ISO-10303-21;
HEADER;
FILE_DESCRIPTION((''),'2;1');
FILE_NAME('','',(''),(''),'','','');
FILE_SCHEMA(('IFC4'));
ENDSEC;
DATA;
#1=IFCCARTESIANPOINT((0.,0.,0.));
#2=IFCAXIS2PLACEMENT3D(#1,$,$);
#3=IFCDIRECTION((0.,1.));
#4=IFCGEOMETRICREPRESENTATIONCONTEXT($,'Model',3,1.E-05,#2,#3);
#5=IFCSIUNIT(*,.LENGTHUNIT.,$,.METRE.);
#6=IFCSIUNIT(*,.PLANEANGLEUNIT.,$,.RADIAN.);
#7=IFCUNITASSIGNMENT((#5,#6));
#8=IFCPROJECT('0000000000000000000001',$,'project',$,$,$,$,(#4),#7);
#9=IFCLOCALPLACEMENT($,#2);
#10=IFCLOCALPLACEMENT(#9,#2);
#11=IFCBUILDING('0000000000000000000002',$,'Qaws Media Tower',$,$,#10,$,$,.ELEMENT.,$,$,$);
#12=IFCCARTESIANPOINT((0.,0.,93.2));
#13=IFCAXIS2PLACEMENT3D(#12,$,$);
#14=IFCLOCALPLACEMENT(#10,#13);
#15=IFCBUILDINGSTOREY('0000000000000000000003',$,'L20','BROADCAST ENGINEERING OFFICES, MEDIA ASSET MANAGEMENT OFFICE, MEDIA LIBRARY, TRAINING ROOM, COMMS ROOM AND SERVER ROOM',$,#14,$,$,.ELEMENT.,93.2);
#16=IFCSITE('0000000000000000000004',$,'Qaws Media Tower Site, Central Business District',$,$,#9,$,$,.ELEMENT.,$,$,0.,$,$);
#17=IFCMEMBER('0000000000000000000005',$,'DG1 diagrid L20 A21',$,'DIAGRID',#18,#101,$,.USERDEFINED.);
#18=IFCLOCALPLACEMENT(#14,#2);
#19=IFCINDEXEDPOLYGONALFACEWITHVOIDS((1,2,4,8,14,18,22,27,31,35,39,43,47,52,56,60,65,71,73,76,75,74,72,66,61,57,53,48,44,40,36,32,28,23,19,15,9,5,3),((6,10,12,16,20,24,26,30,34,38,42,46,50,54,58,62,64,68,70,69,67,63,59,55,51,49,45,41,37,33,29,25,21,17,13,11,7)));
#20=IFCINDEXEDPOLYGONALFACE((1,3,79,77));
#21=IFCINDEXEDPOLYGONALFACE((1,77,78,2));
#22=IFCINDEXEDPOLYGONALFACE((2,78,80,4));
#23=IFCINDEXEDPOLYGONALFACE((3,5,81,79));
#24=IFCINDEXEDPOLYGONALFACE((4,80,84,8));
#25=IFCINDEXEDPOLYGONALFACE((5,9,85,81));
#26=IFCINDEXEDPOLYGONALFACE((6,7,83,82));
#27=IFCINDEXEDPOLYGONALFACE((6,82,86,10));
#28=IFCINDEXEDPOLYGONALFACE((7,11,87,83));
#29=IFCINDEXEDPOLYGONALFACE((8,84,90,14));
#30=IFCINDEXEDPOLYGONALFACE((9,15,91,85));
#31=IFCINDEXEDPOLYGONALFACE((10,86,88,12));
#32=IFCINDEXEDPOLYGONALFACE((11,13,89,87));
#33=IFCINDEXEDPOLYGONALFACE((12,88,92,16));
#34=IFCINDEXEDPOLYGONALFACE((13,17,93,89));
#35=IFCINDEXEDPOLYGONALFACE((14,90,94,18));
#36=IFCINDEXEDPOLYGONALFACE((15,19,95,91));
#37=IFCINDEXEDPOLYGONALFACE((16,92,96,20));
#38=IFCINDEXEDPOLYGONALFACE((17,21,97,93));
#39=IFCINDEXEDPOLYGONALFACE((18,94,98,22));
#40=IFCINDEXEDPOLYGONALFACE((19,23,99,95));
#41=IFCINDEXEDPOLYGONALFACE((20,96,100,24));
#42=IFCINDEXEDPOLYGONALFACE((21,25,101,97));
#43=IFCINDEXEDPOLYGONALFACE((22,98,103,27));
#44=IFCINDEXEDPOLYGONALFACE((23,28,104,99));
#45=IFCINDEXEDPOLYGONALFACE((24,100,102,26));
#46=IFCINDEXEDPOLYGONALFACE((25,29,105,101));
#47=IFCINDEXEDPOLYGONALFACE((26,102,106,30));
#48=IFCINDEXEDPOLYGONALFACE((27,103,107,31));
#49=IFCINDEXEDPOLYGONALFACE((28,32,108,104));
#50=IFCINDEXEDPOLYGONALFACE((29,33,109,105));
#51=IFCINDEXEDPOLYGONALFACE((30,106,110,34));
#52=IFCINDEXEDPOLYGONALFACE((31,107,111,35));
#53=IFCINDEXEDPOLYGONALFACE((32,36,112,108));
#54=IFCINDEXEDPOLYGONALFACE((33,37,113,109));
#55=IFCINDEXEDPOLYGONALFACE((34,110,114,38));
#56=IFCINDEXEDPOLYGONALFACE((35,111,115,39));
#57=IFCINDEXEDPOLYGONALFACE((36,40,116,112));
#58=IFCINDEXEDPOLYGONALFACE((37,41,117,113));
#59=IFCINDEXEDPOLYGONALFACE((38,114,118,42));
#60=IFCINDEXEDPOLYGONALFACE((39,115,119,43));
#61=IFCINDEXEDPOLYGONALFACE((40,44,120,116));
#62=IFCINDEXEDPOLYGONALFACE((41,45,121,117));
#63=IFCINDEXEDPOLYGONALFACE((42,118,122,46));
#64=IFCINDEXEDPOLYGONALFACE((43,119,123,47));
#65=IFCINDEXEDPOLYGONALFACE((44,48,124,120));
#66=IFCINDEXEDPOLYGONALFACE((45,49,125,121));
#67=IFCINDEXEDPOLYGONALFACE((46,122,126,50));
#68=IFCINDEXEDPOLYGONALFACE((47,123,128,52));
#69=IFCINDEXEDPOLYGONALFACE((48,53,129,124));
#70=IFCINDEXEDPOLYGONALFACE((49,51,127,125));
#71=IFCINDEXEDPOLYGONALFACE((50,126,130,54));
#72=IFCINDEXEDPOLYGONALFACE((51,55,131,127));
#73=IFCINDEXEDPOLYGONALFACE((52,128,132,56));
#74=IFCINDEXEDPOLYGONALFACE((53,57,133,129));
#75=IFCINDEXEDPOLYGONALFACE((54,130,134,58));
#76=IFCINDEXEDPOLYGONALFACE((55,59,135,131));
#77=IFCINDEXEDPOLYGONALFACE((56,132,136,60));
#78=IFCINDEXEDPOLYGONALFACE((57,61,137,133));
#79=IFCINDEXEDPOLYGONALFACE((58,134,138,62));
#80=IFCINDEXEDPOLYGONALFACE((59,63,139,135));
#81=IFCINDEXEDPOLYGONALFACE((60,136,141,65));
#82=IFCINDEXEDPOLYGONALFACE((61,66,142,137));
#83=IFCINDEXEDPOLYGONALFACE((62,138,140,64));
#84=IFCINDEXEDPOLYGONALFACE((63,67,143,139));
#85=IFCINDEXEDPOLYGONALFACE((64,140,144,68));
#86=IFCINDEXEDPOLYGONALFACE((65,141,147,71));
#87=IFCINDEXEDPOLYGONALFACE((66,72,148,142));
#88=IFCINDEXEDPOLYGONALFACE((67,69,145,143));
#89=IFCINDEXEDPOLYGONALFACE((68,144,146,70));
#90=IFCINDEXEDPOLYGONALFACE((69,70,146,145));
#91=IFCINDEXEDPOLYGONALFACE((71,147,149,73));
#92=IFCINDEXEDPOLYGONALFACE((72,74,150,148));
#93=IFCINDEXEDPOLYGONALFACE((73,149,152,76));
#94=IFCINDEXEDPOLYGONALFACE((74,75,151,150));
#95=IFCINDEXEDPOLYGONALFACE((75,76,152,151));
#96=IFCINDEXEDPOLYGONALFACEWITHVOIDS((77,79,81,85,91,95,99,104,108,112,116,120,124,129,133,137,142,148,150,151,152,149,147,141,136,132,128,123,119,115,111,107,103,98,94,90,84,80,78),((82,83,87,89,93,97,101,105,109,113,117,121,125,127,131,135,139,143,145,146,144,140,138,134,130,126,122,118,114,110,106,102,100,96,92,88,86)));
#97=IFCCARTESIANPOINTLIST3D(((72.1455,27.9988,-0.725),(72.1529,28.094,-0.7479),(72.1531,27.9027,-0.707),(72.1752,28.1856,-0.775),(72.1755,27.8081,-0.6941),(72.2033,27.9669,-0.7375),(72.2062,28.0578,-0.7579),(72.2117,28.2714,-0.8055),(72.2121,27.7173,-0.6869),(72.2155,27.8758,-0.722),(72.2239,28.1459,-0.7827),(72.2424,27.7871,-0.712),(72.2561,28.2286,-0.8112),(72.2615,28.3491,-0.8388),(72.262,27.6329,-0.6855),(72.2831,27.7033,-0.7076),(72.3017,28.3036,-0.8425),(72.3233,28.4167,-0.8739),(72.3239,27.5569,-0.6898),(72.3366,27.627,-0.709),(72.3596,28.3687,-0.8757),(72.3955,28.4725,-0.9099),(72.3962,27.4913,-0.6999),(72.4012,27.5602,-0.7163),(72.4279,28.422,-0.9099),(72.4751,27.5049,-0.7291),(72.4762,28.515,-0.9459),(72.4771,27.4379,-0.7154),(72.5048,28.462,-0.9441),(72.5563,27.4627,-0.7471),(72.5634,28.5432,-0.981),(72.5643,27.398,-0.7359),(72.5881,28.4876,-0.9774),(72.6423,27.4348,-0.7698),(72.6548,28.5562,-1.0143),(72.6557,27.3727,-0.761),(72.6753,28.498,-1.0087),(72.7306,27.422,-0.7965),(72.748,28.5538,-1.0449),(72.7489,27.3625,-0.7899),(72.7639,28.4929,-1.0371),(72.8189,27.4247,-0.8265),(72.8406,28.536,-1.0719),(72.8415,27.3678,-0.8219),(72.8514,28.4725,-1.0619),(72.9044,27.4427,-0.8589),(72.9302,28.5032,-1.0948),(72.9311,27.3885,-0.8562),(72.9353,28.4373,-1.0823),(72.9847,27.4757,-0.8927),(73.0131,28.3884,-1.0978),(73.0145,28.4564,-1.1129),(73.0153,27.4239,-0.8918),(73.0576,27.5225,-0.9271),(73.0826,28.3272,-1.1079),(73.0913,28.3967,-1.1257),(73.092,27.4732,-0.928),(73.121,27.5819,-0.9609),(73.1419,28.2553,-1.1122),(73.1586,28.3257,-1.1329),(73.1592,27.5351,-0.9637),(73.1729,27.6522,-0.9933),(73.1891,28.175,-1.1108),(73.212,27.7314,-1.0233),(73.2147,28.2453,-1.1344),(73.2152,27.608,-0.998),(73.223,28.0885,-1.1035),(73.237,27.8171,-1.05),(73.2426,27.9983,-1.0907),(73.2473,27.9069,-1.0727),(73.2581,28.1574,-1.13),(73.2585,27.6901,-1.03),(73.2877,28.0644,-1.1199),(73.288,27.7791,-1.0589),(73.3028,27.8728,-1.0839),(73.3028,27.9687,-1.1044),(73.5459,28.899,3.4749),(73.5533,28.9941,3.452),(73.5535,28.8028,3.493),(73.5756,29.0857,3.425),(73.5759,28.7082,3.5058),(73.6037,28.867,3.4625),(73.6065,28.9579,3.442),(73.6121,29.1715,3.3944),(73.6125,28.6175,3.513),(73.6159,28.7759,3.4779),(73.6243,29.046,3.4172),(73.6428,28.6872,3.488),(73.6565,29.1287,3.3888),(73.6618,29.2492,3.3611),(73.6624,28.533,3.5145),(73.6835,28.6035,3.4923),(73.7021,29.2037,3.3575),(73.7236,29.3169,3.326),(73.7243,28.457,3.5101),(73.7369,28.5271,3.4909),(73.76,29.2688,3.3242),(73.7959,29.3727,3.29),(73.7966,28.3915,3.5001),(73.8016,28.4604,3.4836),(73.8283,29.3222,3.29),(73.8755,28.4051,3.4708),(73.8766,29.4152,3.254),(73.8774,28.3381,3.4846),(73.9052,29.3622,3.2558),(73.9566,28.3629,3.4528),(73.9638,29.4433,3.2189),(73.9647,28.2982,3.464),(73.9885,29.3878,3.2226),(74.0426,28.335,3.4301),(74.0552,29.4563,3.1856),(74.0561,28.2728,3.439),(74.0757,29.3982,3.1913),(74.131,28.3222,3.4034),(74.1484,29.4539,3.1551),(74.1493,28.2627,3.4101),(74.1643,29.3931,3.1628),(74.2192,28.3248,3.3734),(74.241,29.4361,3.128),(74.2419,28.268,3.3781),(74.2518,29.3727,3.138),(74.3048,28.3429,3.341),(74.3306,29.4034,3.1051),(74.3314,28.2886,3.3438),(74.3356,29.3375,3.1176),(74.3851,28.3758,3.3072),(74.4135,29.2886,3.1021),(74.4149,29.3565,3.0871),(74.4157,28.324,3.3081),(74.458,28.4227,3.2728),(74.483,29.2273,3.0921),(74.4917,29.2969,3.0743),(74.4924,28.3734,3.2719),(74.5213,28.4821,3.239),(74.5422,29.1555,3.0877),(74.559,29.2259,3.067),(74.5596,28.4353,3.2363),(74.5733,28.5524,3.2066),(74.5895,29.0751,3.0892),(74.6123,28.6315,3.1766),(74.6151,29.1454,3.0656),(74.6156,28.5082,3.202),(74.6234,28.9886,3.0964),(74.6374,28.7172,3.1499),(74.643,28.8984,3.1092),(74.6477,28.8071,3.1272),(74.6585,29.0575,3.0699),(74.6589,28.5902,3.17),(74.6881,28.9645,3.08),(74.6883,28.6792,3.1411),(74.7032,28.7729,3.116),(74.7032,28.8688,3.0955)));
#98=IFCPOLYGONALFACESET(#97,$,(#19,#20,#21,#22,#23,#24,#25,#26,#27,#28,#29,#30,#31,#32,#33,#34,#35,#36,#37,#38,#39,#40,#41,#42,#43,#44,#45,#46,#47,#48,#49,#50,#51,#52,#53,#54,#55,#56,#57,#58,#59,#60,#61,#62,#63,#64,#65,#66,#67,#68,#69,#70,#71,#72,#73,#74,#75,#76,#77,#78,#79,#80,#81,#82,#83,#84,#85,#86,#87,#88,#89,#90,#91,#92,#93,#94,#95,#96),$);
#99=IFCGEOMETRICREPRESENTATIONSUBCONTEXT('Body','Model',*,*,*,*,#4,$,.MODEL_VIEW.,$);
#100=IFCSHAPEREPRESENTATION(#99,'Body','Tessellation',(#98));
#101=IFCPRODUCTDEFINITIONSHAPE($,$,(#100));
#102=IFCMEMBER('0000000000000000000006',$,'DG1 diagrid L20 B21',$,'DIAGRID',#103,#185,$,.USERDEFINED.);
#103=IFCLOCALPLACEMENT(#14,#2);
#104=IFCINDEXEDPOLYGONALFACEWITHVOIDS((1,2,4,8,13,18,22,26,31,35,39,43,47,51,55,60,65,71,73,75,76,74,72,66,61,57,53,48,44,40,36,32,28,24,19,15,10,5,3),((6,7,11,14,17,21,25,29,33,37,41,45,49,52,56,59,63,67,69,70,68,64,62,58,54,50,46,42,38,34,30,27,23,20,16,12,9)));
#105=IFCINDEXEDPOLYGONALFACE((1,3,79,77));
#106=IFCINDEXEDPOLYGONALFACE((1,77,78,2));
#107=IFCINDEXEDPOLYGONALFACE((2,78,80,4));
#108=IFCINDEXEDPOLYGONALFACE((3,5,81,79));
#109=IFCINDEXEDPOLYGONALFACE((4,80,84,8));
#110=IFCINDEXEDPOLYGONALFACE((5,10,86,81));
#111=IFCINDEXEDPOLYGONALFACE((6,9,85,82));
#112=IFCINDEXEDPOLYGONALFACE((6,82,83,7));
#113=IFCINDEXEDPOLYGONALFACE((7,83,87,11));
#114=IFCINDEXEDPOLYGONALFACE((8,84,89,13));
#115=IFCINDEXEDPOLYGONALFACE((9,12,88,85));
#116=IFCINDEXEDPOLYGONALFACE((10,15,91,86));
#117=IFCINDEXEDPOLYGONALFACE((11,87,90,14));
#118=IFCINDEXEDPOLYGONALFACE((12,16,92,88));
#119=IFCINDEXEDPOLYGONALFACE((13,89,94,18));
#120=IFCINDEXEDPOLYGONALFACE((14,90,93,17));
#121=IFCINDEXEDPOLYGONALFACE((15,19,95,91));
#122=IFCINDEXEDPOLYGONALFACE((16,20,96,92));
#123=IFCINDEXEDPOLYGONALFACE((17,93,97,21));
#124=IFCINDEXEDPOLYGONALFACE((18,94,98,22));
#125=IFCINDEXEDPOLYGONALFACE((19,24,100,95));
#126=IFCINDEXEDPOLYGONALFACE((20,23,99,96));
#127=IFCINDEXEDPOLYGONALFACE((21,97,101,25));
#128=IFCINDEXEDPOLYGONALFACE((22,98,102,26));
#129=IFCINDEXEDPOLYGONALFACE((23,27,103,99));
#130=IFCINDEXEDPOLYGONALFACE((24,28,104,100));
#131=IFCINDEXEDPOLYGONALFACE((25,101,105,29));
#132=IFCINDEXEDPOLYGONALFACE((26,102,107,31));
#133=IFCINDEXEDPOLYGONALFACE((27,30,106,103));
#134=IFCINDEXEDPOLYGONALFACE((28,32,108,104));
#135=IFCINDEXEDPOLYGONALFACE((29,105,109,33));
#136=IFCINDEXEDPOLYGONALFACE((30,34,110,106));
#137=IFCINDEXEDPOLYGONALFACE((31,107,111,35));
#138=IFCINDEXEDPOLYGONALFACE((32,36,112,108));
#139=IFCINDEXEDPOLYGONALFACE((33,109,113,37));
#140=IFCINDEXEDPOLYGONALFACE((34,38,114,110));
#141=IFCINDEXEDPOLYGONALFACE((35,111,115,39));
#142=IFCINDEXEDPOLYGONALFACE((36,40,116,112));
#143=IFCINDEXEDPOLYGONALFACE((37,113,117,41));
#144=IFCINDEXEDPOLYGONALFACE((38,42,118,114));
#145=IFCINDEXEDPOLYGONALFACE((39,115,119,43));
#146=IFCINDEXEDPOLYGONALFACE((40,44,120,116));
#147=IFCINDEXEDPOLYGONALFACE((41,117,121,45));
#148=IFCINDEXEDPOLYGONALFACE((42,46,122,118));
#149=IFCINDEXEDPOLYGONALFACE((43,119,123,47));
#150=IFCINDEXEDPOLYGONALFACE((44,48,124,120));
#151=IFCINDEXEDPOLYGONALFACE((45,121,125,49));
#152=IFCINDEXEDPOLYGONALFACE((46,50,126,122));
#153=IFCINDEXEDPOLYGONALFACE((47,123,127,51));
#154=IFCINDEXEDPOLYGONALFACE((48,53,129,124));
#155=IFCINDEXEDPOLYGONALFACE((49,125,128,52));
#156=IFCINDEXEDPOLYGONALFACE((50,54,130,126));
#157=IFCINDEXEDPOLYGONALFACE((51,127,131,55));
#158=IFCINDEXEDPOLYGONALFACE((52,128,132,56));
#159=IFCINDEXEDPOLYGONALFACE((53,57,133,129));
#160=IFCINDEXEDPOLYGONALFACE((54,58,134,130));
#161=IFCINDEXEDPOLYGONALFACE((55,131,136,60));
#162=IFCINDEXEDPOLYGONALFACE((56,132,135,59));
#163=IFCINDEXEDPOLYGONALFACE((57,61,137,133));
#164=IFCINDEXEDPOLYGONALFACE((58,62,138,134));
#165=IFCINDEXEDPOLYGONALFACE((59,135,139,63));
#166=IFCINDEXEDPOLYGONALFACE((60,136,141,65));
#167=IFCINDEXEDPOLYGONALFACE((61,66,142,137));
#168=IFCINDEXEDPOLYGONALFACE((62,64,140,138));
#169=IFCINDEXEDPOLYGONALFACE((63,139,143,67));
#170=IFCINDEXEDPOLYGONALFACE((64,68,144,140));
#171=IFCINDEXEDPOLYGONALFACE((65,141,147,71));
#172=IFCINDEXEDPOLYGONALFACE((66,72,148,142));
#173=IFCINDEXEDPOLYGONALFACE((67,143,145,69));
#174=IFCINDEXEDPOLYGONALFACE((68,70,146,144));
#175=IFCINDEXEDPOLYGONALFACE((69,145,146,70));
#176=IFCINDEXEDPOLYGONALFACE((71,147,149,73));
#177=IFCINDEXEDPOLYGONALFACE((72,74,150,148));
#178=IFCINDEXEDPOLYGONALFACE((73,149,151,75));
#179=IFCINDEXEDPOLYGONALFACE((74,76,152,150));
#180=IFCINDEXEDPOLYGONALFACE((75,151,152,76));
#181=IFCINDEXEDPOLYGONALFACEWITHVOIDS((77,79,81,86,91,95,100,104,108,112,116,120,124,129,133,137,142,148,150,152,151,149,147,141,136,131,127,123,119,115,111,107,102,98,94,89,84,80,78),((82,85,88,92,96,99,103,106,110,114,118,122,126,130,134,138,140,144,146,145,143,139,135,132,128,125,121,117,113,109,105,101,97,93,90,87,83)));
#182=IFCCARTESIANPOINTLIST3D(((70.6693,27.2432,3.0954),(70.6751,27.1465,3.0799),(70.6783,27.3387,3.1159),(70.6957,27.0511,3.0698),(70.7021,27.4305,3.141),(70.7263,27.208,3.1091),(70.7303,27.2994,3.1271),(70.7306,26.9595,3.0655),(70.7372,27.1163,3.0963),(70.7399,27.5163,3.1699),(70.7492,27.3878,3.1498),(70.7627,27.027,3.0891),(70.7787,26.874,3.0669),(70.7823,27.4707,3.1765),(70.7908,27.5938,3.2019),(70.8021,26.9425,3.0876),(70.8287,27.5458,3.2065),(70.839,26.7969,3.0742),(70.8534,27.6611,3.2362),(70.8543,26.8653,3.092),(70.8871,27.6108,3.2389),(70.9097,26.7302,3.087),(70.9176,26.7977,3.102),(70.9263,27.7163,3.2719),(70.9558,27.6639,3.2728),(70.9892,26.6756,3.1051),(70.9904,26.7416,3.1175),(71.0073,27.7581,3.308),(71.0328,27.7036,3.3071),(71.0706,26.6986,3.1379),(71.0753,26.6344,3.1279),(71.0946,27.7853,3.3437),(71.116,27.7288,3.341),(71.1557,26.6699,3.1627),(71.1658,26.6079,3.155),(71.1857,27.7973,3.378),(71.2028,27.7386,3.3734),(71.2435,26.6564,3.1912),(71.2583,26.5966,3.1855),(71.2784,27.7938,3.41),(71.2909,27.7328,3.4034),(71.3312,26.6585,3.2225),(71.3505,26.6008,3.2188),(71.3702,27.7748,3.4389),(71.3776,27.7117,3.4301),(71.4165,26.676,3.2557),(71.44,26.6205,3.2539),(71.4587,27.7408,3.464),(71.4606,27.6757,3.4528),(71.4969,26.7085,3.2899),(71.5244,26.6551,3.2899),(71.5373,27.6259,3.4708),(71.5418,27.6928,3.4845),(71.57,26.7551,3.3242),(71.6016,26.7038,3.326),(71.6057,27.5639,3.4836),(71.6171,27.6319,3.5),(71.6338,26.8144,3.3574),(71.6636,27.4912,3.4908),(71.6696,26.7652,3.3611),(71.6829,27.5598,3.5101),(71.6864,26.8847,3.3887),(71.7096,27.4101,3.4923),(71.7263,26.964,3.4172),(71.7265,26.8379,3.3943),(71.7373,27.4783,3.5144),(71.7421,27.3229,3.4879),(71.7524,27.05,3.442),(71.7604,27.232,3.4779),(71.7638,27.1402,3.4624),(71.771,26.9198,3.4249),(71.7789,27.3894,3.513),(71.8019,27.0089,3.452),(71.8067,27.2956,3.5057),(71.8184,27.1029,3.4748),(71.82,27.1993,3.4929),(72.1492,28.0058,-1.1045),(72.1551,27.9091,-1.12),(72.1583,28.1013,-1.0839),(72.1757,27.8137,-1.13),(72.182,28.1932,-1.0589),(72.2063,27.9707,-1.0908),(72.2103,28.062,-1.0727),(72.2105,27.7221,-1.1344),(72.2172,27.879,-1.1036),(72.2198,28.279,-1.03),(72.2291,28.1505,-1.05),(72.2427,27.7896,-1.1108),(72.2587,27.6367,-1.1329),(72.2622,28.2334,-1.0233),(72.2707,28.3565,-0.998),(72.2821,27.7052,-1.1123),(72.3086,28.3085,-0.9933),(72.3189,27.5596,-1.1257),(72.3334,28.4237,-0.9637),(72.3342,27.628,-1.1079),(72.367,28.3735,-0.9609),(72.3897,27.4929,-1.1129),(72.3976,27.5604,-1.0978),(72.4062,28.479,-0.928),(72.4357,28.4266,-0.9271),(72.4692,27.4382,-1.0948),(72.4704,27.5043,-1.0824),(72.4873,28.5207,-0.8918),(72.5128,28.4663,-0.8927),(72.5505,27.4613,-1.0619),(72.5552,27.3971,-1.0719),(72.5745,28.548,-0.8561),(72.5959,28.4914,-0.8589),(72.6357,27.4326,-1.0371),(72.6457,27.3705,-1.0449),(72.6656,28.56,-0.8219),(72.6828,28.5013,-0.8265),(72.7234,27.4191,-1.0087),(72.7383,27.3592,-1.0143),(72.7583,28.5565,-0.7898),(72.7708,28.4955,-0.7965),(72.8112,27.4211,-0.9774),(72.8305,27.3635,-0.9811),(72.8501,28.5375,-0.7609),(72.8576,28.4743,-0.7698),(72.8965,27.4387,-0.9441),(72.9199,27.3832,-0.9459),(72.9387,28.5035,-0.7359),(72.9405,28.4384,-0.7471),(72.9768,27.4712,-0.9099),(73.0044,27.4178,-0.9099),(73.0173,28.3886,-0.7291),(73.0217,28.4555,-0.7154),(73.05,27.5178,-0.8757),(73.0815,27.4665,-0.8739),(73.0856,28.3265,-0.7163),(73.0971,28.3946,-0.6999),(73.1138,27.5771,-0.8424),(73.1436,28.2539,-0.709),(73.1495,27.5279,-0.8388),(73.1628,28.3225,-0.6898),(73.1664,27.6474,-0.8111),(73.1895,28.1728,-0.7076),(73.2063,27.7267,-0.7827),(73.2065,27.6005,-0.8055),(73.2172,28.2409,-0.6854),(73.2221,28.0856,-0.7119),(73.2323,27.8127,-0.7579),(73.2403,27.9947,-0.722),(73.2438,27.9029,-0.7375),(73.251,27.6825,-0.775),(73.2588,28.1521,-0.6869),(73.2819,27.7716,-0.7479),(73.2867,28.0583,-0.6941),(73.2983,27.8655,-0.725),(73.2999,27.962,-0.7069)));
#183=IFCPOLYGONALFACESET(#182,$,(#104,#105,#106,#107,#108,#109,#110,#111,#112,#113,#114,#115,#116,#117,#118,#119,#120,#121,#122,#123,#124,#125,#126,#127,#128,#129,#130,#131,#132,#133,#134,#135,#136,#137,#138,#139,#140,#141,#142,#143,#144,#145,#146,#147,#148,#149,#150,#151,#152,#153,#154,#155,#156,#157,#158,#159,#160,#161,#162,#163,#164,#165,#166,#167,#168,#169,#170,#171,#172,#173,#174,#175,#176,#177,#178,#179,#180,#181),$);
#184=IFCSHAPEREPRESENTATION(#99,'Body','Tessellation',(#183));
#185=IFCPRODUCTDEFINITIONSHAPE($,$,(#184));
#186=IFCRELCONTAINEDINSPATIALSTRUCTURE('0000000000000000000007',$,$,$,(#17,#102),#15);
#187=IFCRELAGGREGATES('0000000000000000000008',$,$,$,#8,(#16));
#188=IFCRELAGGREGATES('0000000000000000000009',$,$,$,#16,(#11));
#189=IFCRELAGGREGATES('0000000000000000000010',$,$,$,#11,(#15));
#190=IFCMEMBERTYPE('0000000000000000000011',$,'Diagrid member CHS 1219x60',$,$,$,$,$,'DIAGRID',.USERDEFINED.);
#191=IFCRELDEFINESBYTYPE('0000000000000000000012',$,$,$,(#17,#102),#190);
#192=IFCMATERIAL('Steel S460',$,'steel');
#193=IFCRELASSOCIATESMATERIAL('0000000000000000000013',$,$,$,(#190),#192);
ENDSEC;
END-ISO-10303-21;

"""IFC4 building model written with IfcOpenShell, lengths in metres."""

from ifc_helpers import new_model, si_unit, direction, frame, origin, origin_2d, place, context, subcontext, project, spatial, hollow_circle, extrude, material, material_profile, profile_set, type_object, element, save


model = new_model("IFC4")

# Units and contexts
model_context = context("Model", 3, precision=1e-05, world=origin(), true_north=direction((0.0, 1.0)))
body_context = subcontext(model_context, "Body", "Model", "MODEL_VIEW")
ifc_project = project(units=[si_unit("LENGTHUNIT", "METRE"), si_unit("PLANEANGLEUNIT", "RADIAN")], contexts=[model_context])

# Site, building, storey
site_placement = place(None, origin())
site = spatial("IfcSite", under=ifc_project, at=site_placement, Name="Qaws Media Tower Site, Central Business District", CompositionType="ELEMENT", RefElevation=0.0)
building_placement = place(site_placement, origin())
building = spatial("IfcBuilding", under=site, at=building_placement, Name="Qaws Media Tower", CompositionType="ELEMENT")
storey_placement = place(building_placement, frame((0.0, 0.0, 93.2)))
storey = spatial("IfcBuildingStorey", under=building, at=storey_placement, Name="L20", Description="BROADCAST ENGINEERING OFFICES, MEDIA ASSET MANAGEMENT OFFICE, MEDIA LIBRARY, TRAINING ROOM, COMMS ROOM AND SERVER ROOM", CompositionType="ELEMENT", Elevation=93.2)

# Members
ifc_material_1 = material(Name="Steel S460", Category="steel")
ifc_material_profile_1 = material_profile(ifc_material_1, hollow_circle(Radius=0.6096, WallThickness=0.0601, at=origin_2d()), Name="CHS 1219x60")
ifc_profile_set_1 = profile_set([ifc_material_profile_1], Name="Steel S460")
member_type_1 = type_object("IfcMemberType", Name="Diagrid member CHS 1219x60", ElementType="DIAGRID", PredefinedType="USERDEFINED", material=ifc_profile_set_1)
for number, where, z_axis, x_axis, name in (
    (1, (72.7251, 27.9597, -0.9099), (0.309969, 0.199242, 0.929635), (-0.540713, 0.841207, 0.0), "DG1 diagrid L20 A21"),
    (2, (72.7251, 27.9597, -0.9099), (-0.32758, -0.168815, 0.92962), (0.45809, -0.888906, 0.0), "DG1 diagrid L20 B21"),
):
    element("IfcMember", number, at=place(storey_placement, frame(where, z_axis=z_axis, x_axis=x_axis)), inside=storey, type_object=member_type_1, Name=name, ObjectType="DIAGRID", PredefinedType="USERDEFINED", context=body_context, shape_type="SweptSolid", body=[
        extrude(hollow_circle(Radius=0.6096, WallThickness=0.0601, at=origin_2d()), origin(), (0.0, 0.0, 1.0), 4.5178),
    ])

save(model, "model.ifc")
